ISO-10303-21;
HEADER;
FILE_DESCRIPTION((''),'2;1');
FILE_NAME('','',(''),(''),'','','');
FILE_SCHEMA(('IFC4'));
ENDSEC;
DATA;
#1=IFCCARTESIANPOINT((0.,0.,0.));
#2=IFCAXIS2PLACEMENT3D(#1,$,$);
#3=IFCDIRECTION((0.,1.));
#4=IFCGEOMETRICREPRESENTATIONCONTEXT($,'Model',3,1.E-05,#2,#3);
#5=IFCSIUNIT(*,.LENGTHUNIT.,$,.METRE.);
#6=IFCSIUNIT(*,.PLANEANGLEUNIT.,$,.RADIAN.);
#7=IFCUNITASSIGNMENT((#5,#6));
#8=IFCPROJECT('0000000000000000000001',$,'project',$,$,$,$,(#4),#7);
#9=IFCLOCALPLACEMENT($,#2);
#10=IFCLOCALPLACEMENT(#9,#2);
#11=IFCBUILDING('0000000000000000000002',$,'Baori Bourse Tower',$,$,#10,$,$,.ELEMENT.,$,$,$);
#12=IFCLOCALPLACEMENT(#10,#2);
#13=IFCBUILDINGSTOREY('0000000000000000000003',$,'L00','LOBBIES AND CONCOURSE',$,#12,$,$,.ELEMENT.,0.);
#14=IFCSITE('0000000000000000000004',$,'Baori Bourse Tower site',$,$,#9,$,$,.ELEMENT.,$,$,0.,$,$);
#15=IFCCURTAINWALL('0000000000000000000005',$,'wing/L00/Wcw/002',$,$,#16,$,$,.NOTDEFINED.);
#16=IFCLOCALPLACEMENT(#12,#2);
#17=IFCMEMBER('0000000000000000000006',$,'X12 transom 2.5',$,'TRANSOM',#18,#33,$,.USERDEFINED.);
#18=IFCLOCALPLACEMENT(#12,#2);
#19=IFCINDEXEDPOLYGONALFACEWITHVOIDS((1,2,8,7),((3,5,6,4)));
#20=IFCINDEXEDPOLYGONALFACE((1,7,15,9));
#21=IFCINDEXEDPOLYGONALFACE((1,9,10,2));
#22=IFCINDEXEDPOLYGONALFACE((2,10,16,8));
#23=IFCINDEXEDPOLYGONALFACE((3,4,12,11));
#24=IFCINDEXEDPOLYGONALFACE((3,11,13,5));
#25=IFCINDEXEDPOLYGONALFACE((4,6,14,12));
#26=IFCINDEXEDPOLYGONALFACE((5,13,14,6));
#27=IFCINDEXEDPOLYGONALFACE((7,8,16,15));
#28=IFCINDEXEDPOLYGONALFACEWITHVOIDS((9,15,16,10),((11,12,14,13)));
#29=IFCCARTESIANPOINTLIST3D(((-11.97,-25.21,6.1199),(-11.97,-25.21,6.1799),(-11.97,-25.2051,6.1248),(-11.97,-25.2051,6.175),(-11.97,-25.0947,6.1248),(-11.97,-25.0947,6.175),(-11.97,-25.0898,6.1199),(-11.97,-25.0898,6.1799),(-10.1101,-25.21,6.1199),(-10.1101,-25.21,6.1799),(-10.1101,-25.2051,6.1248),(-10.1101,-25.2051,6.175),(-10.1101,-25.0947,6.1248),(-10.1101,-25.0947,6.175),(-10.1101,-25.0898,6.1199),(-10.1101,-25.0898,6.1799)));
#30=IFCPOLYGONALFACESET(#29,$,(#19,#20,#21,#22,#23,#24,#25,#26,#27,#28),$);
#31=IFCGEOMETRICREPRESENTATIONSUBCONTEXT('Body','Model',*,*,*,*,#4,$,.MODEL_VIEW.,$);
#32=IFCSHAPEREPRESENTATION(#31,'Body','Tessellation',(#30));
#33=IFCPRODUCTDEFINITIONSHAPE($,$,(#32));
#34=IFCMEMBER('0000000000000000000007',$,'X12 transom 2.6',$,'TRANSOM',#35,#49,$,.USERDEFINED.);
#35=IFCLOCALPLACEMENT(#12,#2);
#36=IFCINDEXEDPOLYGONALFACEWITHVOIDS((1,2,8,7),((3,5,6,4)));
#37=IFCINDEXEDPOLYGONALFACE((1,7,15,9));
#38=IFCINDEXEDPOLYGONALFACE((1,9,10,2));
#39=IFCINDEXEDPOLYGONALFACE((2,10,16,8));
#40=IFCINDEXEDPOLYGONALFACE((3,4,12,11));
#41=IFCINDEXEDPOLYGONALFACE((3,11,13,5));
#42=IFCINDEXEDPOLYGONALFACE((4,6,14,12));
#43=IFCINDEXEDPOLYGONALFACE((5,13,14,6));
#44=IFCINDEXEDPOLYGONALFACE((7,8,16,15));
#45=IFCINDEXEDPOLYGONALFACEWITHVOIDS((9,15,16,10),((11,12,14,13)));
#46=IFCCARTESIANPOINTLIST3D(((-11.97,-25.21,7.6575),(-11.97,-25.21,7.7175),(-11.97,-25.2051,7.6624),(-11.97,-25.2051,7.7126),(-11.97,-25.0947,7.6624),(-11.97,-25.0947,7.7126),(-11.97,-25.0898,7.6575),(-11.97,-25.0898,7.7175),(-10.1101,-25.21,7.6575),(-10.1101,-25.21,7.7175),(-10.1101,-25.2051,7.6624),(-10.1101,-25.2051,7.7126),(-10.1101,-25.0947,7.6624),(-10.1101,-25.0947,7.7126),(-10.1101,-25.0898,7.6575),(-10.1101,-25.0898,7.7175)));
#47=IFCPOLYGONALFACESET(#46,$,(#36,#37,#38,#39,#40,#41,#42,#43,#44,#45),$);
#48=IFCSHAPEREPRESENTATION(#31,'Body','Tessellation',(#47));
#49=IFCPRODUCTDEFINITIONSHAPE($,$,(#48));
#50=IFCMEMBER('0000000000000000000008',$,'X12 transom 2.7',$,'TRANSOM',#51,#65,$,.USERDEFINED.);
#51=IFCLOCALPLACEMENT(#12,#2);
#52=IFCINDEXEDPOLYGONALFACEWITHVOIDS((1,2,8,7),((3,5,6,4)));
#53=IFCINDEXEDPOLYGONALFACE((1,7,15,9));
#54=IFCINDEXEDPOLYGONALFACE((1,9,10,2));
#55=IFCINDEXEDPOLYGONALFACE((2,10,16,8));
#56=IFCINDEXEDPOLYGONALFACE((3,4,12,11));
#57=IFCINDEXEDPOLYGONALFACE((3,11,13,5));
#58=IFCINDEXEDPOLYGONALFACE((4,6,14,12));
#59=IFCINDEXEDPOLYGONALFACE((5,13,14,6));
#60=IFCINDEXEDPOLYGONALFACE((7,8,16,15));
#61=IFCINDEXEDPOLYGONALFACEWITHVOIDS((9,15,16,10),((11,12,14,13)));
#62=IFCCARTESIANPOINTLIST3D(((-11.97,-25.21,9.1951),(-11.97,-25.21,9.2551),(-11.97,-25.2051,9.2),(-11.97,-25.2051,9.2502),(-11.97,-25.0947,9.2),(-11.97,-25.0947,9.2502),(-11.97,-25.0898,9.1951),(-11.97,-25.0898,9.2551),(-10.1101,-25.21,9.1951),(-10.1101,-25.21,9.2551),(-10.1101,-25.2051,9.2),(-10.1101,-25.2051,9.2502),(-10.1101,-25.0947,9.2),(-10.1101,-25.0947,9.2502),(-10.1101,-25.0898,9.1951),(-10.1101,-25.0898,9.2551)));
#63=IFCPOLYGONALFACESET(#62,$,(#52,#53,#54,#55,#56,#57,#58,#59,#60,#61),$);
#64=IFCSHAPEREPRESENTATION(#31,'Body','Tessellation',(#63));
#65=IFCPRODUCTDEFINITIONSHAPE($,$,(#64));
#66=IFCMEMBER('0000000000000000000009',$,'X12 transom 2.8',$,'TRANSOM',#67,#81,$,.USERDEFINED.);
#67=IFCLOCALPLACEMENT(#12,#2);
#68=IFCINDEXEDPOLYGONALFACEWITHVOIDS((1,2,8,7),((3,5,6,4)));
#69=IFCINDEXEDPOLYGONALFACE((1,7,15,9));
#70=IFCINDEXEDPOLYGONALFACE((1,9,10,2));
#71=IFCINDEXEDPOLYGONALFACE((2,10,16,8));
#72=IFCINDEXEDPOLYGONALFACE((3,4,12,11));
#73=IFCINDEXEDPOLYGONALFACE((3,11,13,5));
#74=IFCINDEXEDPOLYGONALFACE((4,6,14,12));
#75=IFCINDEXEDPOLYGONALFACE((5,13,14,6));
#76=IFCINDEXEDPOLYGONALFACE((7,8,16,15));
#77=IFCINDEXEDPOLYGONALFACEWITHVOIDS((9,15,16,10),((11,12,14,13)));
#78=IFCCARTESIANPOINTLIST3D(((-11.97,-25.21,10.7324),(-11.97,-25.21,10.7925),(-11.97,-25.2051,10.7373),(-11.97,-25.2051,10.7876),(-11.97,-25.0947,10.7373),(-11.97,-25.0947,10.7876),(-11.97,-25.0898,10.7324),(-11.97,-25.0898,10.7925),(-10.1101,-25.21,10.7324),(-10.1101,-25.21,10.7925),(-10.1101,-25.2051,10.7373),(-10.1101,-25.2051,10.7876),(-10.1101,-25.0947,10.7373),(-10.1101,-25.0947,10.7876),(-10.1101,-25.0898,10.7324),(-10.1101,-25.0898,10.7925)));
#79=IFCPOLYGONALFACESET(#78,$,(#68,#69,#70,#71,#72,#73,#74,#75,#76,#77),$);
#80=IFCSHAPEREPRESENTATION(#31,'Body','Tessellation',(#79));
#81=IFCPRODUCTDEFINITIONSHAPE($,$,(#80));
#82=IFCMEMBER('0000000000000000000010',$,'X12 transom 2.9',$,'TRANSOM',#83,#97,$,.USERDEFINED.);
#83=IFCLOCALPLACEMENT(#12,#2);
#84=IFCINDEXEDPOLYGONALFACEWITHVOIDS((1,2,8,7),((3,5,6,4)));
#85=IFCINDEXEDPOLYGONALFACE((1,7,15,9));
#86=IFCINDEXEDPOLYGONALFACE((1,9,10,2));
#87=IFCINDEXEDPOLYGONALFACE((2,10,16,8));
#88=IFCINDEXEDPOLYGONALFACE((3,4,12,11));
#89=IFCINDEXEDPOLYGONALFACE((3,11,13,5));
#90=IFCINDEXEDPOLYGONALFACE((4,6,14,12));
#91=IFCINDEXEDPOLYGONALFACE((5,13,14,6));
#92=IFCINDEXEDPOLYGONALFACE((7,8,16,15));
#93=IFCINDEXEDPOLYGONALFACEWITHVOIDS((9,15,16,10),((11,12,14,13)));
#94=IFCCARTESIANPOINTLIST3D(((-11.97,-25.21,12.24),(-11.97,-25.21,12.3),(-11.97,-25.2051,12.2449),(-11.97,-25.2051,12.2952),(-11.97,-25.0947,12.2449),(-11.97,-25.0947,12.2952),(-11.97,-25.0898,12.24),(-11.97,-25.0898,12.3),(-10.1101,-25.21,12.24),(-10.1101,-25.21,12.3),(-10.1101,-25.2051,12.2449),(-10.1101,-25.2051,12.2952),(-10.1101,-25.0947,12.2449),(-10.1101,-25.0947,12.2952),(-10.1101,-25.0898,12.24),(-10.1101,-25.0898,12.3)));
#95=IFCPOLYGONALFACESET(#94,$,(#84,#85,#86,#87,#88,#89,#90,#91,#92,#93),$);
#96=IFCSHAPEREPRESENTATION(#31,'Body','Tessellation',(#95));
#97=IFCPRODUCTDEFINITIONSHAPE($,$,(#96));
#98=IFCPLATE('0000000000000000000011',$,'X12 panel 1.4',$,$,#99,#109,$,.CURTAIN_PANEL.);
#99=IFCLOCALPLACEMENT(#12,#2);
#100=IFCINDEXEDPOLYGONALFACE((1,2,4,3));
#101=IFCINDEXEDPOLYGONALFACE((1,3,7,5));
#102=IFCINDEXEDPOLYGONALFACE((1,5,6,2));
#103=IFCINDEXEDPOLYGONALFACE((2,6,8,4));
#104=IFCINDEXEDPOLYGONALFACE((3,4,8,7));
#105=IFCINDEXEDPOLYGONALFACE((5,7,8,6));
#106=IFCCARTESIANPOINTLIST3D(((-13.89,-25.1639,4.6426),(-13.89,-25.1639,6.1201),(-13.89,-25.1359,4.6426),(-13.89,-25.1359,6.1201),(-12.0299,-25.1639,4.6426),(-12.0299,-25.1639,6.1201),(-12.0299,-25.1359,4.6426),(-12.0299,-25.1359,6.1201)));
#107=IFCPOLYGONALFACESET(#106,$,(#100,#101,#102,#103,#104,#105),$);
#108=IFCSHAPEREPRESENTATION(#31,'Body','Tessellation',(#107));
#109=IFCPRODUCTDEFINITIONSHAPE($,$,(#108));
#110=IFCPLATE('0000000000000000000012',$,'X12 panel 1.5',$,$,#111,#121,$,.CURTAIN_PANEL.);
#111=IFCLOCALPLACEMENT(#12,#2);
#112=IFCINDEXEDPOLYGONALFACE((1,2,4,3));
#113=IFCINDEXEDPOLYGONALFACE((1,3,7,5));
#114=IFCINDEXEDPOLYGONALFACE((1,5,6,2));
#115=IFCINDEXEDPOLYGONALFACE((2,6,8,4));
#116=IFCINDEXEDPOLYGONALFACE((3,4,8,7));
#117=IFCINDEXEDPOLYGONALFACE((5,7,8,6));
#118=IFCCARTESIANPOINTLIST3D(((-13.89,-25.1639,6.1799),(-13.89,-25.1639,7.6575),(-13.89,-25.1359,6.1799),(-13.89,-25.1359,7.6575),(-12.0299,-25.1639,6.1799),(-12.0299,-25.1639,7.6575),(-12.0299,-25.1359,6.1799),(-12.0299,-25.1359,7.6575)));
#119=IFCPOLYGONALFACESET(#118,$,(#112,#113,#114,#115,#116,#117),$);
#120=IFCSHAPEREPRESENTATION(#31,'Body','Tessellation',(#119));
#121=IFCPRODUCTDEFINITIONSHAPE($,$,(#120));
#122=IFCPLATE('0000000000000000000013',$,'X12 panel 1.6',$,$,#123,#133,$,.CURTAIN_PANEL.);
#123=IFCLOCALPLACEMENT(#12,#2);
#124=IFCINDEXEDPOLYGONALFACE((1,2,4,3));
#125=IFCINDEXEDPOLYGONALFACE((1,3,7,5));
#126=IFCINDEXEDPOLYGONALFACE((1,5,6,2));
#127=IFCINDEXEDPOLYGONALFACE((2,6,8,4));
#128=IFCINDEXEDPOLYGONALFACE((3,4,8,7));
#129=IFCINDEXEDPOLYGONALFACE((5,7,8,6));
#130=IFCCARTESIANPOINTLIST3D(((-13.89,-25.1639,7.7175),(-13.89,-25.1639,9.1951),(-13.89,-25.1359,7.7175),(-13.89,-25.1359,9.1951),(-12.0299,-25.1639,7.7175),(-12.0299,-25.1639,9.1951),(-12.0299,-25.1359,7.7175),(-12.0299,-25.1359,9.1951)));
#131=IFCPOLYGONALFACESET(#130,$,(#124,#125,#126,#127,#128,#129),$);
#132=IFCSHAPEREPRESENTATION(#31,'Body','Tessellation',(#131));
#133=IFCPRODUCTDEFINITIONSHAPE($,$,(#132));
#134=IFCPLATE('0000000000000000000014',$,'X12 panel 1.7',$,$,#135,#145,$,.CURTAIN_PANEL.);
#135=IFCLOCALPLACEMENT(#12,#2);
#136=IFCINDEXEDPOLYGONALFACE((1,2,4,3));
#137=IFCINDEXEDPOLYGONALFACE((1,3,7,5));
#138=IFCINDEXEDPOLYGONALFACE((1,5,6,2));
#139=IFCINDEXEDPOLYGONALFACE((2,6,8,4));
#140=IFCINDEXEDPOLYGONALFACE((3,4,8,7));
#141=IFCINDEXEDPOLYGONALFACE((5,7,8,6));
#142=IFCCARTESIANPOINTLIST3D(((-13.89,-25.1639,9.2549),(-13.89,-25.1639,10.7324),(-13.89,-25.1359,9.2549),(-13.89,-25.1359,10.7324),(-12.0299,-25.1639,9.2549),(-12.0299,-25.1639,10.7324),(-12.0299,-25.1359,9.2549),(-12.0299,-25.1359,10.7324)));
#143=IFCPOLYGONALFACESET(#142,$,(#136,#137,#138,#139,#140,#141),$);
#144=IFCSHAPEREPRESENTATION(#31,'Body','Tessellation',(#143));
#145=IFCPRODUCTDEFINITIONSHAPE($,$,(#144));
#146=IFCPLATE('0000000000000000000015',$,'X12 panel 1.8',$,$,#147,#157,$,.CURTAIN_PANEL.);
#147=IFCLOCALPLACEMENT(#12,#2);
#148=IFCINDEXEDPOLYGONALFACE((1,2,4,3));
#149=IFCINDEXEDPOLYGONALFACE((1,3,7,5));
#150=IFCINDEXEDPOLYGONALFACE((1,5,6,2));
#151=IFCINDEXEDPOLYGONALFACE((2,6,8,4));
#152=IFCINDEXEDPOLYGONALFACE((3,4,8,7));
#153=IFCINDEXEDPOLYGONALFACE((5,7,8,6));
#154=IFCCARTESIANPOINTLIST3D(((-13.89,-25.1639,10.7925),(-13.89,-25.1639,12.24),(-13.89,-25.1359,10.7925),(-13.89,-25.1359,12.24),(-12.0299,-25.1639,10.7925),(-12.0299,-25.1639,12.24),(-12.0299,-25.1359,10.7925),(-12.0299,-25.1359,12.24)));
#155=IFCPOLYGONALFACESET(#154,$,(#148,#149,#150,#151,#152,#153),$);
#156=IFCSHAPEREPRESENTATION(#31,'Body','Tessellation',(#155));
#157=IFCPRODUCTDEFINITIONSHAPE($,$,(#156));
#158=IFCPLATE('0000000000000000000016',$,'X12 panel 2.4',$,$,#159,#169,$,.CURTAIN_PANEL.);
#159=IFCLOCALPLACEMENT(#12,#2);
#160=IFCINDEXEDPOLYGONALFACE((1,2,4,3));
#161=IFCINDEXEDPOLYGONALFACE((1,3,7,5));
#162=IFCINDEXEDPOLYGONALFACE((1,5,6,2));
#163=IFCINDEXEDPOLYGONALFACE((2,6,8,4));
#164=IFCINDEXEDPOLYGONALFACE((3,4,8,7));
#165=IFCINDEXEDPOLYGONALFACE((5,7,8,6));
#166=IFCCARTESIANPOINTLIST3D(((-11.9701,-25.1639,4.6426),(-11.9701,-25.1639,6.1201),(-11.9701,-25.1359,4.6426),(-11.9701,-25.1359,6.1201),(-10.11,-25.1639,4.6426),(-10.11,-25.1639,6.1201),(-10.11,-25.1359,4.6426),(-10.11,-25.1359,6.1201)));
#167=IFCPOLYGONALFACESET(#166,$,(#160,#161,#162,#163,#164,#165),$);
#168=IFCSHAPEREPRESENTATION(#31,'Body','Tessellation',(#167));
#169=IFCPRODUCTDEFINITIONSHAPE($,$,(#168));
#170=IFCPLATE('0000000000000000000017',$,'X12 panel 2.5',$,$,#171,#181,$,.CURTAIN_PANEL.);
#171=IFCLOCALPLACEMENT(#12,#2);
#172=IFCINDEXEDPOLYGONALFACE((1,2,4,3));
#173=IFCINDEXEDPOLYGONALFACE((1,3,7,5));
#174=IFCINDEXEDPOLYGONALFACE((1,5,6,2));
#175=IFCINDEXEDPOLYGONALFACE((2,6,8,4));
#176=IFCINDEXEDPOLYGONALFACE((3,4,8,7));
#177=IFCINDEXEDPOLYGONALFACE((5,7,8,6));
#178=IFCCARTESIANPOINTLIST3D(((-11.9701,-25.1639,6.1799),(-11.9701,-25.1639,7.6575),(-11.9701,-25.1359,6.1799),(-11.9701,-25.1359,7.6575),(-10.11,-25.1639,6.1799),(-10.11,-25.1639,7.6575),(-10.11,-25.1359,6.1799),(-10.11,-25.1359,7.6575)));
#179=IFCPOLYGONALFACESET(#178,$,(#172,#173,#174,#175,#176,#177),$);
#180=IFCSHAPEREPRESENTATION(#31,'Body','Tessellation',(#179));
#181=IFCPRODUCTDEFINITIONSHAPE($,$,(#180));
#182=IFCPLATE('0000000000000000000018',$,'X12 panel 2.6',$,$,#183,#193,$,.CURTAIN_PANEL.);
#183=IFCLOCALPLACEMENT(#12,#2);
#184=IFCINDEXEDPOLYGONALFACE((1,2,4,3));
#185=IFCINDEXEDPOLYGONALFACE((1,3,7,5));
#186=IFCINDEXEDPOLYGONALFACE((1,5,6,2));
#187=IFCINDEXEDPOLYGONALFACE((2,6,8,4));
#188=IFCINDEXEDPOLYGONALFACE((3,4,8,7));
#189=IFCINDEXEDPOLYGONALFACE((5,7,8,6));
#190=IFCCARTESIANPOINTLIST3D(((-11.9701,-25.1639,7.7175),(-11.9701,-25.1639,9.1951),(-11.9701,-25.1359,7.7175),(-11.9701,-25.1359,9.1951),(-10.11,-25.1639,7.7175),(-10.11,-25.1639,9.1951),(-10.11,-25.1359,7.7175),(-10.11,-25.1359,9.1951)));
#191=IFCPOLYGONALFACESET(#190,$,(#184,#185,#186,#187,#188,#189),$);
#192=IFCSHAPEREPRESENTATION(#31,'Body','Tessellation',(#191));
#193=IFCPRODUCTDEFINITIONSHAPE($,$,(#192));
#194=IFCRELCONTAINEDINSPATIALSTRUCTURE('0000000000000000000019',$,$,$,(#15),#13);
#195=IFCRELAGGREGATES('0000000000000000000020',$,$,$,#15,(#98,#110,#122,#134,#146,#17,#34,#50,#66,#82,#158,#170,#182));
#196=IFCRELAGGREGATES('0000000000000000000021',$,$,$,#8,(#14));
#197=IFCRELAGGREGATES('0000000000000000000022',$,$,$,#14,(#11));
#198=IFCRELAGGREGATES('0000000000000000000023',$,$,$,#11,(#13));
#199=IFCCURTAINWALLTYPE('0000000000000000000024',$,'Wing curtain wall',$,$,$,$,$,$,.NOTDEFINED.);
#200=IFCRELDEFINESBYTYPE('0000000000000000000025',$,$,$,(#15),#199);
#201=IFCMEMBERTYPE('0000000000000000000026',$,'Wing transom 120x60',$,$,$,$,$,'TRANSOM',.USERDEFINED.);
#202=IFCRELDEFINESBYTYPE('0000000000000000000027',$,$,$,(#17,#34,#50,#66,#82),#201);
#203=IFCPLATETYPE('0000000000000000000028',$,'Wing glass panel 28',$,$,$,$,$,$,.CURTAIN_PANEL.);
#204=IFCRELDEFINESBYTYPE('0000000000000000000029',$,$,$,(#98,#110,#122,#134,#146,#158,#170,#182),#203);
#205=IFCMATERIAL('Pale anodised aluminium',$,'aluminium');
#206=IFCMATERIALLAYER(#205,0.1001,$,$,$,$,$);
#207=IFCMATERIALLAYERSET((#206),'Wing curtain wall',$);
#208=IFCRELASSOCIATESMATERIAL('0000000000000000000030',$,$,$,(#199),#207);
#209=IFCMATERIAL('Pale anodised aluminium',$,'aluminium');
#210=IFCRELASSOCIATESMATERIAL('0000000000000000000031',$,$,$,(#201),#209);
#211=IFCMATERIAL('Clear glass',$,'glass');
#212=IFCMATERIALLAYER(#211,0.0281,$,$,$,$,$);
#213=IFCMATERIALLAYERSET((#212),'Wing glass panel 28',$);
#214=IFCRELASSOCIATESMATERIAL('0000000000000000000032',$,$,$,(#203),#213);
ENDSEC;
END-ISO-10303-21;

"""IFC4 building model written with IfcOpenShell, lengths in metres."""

from ifc_helpers import new_model, si_unit, direction, frame, origin, origin_2d, place, context, subcontext, project, spatial, rectangle, hollow_rectangle, extrude, material, layer, layer_set, material_profile, profile_set, type_object, element, aggregate, save


model = new_model("IFC4")

# Units and contexts
model_context = context("Model", 3, precision=1e-05, world=origin(), true_north=direction((0.0, 1.0)))
body_context = subcontext(model_context, "Body", "Model", "MODEL_VIEW")
ifc_project = project(units=[si_unit("LENGTHUNIT", "METRE"), si_unit("PLANEANGLEUNIT", "RADIAN")], contexts=[model_context])

# Site, building, storey
site_placement = place(None, origin())
site = spatial("IfcSite", under=ifc_project, at=site_placement, Name="Baori Bourse Tower site", CompositionType="ELEMENT", RefElevation=0.0)
building_placement = place(site_placement, origin())
building = spatial("IfcBuilding", under=site, at=building_placement, Name="Baori Bourse Tower", CompositionType="ELEMENT")
storey_placement = place(building_placement, origin())
storey = spatial("IfcBuildingStorey", under=building, at=storey_placement, Name="L00", Description="LOBBIES AND CONCOURSE", CompositionType="ELEMENT", Elevation=0.0)

# Curtain wall, members, plates
ifc_material_1 = material(Name="Pale anodised aluminium", Category="aluminium")
ifc_layer_1 = layer(ifc_material_1, 0.1001)
ifc_layer_set_1 = layer_set([ifc_layer_1], Name="Wing curtain wall")
curtain_wall_type = type_object("IfcCurtainWallType", Name="Wing curtain wall", PredefinedType="NOTDEFINED", material=ifc_layer_set_1)
curtain_wall_placement = place(storey_placement, origin())
curtain_wall = element("IfcCurtainWall", 1, at=curtain_wall_placement, inside=storey, type_object=curtain_wall_type, Name="wing/L00/Wcw/002", PredefinedType="NOTDEFINED")
ifc_material_2 = material(Name="Pale anodised aluminium", Category="aluminium")
ifc_material_profile = material_profile(ifc_material_2, hollow_rectangle(XDim=0.1201, YDim=0.0601, WallThickness=0.0049, at=origin_2d()), Name="Transom 120x60x5")
ifc_profile_set = profile_set([ifc_material_profile], Name="Pale anodised aluminium")
member_type = type_object("IfcMemberType", Name="Wing transom 120x60", ElementType="TRANSOM", PredefinedType="USERDEFINED", material=ifc_profile_set)
member_1_placement = place(storey_placement, frame((-11.97, -25.1499, 6.1499), z_axis=(1.0, 0.0, 0.0), x_axis=(0.0, 1.0, 0.0)))
member_1 = element("IfcMember", 2, at=member_1_placement, type_object=member_type, Name="X12 transom 2.5", ObjectType="TRANSOM", PredefinedType="USERDEFINED", context=body_context, shape_type="SweptSolid", body=[
    extrude(hollow_rectangle(XDim=0.1201, YDim=0.0601, WallThickness=0.0049, at=origin_2d()), origin(), (0.0, 0.0, 1.0), 1.8599),
])
member_2_placement = place(storey_placement, frame((-11.97, -25.1499, 7.6875), z_axis=(1.0, 0.0, 0.0), x_axis=(0.0, 1.0, 0.0)))
member_2 = element("IfcMember", 3, at=member_2_placement, type_object=member_type, Name="X12 transom 2.6", ObjectType="TRANSOM", PredefinedType="USERDEFINED", context=body_context, shape_type="SweptSolid", body=[
    extrude(hollow_rectangle(XDim=0.1201, YDim=0.0601, WallThickness=0.0049, at=origin_2d()), origin(), (0.0, 0.0, 1.0), 1.8599),
])
member_3_placement = place(storey_placement, frame((-11.97, -25.1499, 9.2251), z_axis=(1.0, 0.0, 0.0), x_axis=(0.0, 1.0, 0.0)))
member_3 = element("IfcMember", 4, at=member_3_placement, type_object=member_type, Name="X12 transom 2.7", ObjectType="TRANSOM", PredefinedType="USERDEFINED", context=body_context, shape_type="SweptSolid", body=[
    extrude(hollow_rectangle(XDim=0.1201, YDim=0.0601, WallThickness=0.0049, at=origin_2d()), origin(), (0.0, 0.0, 1.0), 1.8599),
])
member_4_placement = place(storey_placement, frame((-11.97, -25.1499, 10.7625), z_axis=(1.0, 0.0, 0.0), x_axis=(0.0, 1.0, 0.0)))
member_4 = element("IfcMember", 5, at=member_4_placement, type_object=member_type, Name="X12 transom 2.8", ObjectType="TRANSOM", PredefinedType="USERDEFINED", context=body_context, shape_type="SweptSolid", body=[
    extrude(hollow_rectangle(XDim=0.1201, YDim=0.0601, WallThickness=0.0049, at=origin_2d()), origin(), (0.0, 0.0, 1.0), 1.8599),
])
member_5_placement = place(storey_placement, frame((-11.97, -25.1499, 12.27), z_axis=(1.0, 0.0, 0.0), x_axis=(0.0, 1.0, 0.0)))
member_5 = element("IfcMember", 6, at=member_5_placement, type_object=member_type, Name="X12 transom 2.9", ObjectType="TRANSOM", PredefinedType="USERDEFINED", context=body_context, shape_type="SweptSolid", body=[
    extrude(hollow_rectangle(XDim=0.1201, YDim=0.0601, WallThickness=0.0049, at=origin_2d()), origin(), (0.0, 0.0, 1.0), 1.8599),
])
ifc_material_3 = material(Name="Clear glass", Category="glass")
ifc_layer_2 = layer(ifc_material_3, 0.0281)
ifc_layer_set_2 = layer_set([ifc_layer_2], Name="Wing glass panel 28")
plate_type = type_object("IfcPlateType", Name="Wing glass panel 28", PredefinedType="CURTAIN_PANEL", material=ifc_layer_set_2)
plate_1_placement = place(storey_placement, frame((-12.96, -25.1499, 4.6426), z_axis=(0.0, 0.0, 1.0), x_axis=(1.0, 0.0, 0.0)))
plate_1 = element("IfcPlate", 7, at=plate_1_placement, type_object=plate_type, Name="X12 panel 1.4", PredefinedType="CURTAIN_PANEL", context=body_context, shape_type="SweptSolid", body=[
    extrude(rectangle(XDim=1.8601, YDim=0.0281, at=origin_2d()), origin(), (0.0, 0.0, 1.0), 1.4775),
])
plate_2_placement = place(storey_placement, frame((-12.96, -25.1499, 6.1799), z_axis=(0.0, 0.0, 1.0), x_axis=(1.0, 0.0, 0.0)))
plate_2 = element("IfcPlate", 8, at=plate_2_placement, type_object=plate_type, Name="X12 panel 1.5", PredefinedType="CURTAIN_PANEL", context=body_context, shape_type="SweptSolid", body=[
    extrude(rectangle(XDim=1.8601, YDim=0.0281, at=origin_2d()), origin(), (0.0, 0.0, 1.0), 1.4775),
])
plate_3_placement = place(storey_placement, frame((-12.96, -25.1499, 7.7175), z_axis=(0.0, 0.0, 1.0), x_axis=(1.0, 0.0, 0.0)))
plate_3 = element("IfcPlate", 9, at=plate_3_placement, type_object=plate_type, Name="X12 panel 1.6", PredefinedType="CURTAIN_PANEL", context=body_context, shape_type="SweptSolid", body=[
    extrude(rectangle(XDim=1.8601, YDim=0.0281, at=origin_2d()), origin(), (0.0, 0.0, 1.0), 1.4775),
])
plate_4_placement = place(storey_placement, frame((-12.96, -25.1499, 9.2549), z_axis=(0.0, 0.0, 1.0), x_axis=(1.0, 0.0, 0.0)))
plate_4 = element("IfcPlate", 10, at=plate_4_placement, type_object=plate_type, Name="X12 panel 1.7", PredefinedType="CURTAIN_PANEL", context=body_context, shape_type="SweptSolid", body=[
    extrude(rectangle(XDim=1.8601, YDim=0.0281, at=origin_2d()), origin(), (0.0, 0.0, 1.0), 1.4775),
])
plate_5_placement = place(storey_placement, frame((-12.96, -25.1499, 10.7925), z_axis=(0.0, 0.0, 1.0), x_axis=(1.0, 0.0, 0.0)))
plate_5 = element("IfcPlate", 11, at=plate_5_placement, type_object=plate_type, Name="X12 panel 1.8", PredefinedType="CURTAIN_PANEL", context=body_context, shape_type="SweptSolid", body=[
    extrude(rectangle(XDim=1.8601, YDim=0.0281, at=origin_2d()), origin(), (0.0, 0.0, 1.0), 1.4475),
])
plate_6_placement = place(storey_placement, frame((-11.04, -25.1499, 4.6426), z_axis=(0.0, 0.0, 1.0), x_axis=(1.0, 0.0, 0.0)))
plate_6 = element("IfcPlate", 12, at=plate_6_placement, type_object=plate_type, Name="X12 panel 2.4", PredefinedType="CURTAIN_PANEL", context=body_context, shape_type="SweptSolid", body=[
    extrude(rectangle(XDim=1.8601, YDim=0.0281, at=origin_2d()), origin(), (0.0, 0.0, 1.0), 1.4775),
])
plate_7_placement = place(storey_placement, frame((-11.04, -25.1499, 6.1799), z_axis=(0.0, 0.0, 1.0), x_axis=(1.0, 0.0, 0.0)))
plate_7 = element("IfcPlate", 13, at=plate_7_placement, type_object=plate_type, Name="X12 panel 2.5", PredefinedType="CURTAIN_PANEL", context=body_context, shape_type="SweptSolid", body=[
    extrude(rectangle(XDim=1.8601, YDim=0.0281, at=origin_2d()), origin(), (0.0, 0.0, 1.0), 1.4775),
])
plate_8_placement = place(storey_placement, frame((-11.04, -25.1499, 7.7175), z_axis=(0.0, 0.0, 1.0), x_axis=(1.0, 0.0, 0.0)))
plate_8 = element("IfcPlate", 14, at=plate_8_placement, type_object=plate_type, Name="X12 panel 2.6", PredefinedType="CURTAIN_PANEL", context=body_context, shape_type="SweptSolid", body=[
    extrude(rectangle(XDim=1.8601, YDim=0.0281, at=origin_2d()), origin(), (0.0, 0.0, 1.0), 1.4775),
])
aggregate(curtain_wall, [plate_1, plate_2, plate_3, plate_4, plate_5, member_1, member_2, member_3, member_4, member_5, plate_6, plate_7, plate_8])

save(model, "model.ifc")
